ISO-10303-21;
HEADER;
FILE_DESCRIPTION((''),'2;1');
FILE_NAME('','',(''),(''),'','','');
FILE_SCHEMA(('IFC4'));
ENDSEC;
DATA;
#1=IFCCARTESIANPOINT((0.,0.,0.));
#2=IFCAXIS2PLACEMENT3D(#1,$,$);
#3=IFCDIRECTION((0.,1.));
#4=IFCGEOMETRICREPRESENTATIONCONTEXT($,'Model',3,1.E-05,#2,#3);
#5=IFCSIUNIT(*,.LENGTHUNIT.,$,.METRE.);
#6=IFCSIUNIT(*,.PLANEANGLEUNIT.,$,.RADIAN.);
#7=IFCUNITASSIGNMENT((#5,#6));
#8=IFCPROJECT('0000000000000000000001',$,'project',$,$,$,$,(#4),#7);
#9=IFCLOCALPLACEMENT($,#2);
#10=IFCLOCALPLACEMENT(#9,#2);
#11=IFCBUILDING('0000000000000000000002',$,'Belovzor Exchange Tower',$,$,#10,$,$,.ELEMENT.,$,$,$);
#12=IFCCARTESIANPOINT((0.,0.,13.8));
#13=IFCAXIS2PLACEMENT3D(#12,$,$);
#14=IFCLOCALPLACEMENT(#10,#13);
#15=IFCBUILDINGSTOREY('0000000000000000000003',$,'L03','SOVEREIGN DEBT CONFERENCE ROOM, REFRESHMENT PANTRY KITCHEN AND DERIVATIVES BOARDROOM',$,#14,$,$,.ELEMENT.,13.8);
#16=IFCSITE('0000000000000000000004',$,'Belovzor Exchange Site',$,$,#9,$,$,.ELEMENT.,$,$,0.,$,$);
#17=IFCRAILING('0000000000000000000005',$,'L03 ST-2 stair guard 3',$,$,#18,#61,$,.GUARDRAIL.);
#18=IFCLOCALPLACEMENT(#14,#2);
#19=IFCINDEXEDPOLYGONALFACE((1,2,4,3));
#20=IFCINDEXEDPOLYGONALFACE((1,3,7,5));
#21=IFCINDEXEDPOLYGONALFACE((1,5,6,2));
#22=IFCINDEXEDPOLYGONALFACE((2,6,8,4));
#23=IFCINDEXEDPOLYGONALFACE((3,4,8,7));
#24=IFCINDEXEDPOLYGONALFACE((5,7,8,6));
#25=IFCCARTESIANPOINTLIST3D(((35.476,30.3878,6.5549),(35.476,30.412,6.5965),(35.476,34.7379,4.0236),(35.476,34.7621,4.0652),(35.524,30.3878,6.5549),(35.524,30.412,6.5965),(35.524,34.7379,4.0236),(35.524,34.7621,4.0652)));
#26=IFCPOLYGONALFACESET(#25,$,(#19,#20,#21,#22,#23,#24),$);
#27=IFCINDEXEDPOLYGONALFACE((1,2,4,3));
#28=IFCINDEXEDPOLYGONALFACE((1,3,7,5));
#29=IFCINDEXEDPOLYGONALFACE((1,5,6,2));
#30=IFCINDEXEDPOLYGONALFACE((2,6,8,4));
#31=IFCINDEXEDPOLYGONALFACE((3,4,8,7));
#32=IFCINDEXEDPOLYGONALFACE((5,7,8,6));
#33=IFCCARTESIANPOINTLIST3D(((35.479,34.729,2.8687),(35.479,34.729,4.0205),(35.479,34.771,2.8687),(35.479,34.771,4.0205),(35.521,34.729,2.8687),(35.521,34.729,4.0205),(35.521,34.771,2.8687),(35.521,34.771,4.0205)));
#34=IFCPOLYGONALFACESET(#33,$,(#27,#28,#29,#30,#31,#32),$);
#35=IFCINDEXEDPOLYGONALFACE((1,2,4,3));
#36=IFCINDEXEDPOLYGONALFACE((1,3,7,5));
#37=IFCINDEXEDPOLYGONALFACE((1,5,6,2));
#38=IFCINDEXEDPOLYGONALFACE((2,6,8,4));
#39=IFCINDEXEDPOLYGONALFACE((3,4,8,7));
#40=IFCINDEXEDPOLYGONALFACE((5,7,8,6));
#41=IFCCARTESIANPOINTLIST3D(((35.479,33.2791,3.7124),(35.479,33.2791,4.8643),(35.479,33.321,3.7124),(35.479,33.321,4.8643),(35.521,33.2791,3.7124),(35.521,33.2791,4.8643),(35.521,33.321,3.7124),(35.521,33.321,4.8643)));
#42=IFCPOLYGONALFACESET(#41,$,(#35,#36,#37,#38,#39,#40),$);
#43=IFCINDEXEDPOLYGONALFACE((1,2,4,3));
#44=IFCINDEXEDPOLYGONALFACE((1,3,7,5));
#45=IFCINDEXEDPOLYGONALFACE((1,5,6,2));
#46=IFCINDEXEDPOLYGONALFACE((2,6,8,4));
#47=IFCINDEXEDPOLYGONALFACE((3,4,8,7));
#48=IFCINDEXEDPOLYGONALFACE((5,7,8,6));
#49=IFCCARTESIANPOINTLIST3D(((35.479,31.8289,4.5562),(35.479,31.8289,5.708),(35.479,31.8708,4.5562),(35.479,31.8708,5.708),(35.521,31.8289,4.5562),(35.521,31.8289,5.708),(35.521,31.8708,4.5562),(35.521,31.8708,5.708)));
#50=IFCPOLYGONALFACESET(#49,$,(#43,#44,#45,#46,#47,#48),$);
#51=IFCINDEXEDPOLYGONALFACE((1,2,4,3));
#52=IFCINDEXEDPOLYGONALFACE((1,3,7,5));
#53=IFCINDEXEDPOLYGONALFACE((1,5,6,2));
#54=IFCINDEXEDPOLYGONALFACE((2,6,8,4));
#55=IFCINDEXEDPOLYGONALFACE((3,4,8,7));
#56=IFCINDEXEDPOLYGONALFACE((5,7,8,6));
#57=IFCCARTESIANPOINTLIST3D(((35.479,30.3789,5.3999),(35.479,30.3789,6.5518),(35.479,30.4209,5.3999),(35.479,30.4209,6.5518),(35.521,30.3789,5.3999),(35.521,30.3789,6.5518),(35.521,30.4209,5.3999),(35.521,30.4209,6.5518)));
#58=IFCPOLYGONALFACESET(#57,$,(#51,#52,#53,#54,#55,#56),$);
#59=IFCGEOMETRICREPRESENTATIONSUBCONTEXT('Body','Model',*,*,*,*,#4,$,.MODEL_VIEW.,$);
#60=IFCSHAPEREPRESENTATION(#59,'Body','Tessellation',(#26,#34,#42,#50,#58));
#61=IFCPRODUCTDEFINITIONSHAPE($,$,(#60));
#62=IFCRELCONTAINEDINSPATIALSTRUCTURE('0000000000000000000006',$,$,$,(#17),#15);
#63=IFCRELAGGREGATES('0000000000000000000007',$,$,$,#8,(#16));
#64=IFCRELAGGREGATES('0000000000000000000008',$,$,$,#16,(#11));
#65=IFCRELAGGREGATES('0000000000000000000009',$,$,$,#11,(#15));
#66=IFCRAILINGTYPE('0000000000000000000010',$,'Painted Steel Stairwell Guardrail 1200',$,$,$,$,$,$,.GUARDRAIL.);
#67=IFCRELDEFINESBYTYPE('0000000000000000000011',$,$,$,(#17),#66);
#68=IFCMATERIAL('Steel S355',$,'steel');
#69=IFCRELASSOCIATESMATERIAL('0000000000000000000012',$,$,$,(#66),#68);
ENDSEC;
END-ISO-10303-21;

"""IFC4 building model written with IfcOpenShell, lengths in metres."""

from ifc_helpers import new_model, si_unit, direction, frame, origin, origin_2d, place, context, subcontext, project, spatial, rectangle, extrude, material, type_object, element, save


model = new_model("IFC4")

# Units and contexts
model_context = context("Model", 3, precision=1e-05, world=origin(), true_north=direction((0.0, 1.0)))
body_context = subcontext(model_context, "Body", "Model", "MODEL_VIEW")
ifc_project = project(units=[si_unit("LENGTHUNIT", "METRE"), si_unit("PLANEANGLEUNIT", "RADIAN")], contexts=[model_context])

# Site, building, storey
site_placement = place(None, origin())
site = spatial("IfcSite", under=ifc_project, at=site_placement, Name="Belovzor Exchange Site", CompositionType="ELEMENT", RefElevation=0.0)
building_placement = place(site_placement, origin())
building = spatial("IfcBuilding", under=site, at=building_placement, Name="Belovzor Exchange Tower", CompositionType="ELEMENT")
storey_placement = place(building_placement, frame((0.0, 0.0, 13.8)))
storey = spatial("IfcBuildingStorey", under=building, at=storey_placement, Name="L03", Description="SOVEREIGN DEBT CONFERENCE ROOM, REFRESHMENT PANTRY KITCHEN AND DERIVATIVES BOARDROOM", CompositionType="ELEMENT", Elevation=13.8)

# Railing
ifc_material_1 = material(Name="Steel S355", Category="steel")
railing_type_1 = type_object("IfcRailingType", Name="Painted Steel Stairwell Guardrail 1200", PredefinedType="GUARDRAIL", material=ifc_material_1)
railing_1_placement = place(storey_placement, frame((35.5, 34.75, 2.8687)))
element("IfcRailing", 1, at=railing_1_placement, inside=storey, type_object=railing_type_1, Name="L03 ST-2 stair guard 3", PredefinedType="GUARDRAIL", context=body_context, shape_type="SweptSolid", body=[
    extrude(rectangle(XDim=0.0481, YDim=0.0481, at=origin_2d()), frame((0.0, 0.0, 1.1758), z_axis=(0.0, -0.864324, 0.502936), x_axis=(1.0, 0.0, 0.0)), (0.0, 0.0, 1.0), 5.033),
    extrude(rectangle(XDim=0.042, YDim=0.042, at=origin_2d()), origin(), (0.0, 0.0, 1.0), 1.1519),
    extrude(rectangle(XDim=0.042, YDim=0.042, at=origin_2d()), frame((0.0, -1.45, 0.8438)), (0.0, 0.0, 1.0), 1.1519),
    extrude(rectangle(XDim=0.042, YDim=0.042, at=origin_2d()), frame((0.0, -2.9001, 1.6875)), (0.0, 0.0, 1.0), 1.1519),
    extrude(rectangle(XDim=0.042, YDim=0.042, at=origin_2d()), frame((0.0, -4.3501, 2.5312)), (0.0, 0.0, 1.0), 1.1519),
])

save(model, "model.ifc")
